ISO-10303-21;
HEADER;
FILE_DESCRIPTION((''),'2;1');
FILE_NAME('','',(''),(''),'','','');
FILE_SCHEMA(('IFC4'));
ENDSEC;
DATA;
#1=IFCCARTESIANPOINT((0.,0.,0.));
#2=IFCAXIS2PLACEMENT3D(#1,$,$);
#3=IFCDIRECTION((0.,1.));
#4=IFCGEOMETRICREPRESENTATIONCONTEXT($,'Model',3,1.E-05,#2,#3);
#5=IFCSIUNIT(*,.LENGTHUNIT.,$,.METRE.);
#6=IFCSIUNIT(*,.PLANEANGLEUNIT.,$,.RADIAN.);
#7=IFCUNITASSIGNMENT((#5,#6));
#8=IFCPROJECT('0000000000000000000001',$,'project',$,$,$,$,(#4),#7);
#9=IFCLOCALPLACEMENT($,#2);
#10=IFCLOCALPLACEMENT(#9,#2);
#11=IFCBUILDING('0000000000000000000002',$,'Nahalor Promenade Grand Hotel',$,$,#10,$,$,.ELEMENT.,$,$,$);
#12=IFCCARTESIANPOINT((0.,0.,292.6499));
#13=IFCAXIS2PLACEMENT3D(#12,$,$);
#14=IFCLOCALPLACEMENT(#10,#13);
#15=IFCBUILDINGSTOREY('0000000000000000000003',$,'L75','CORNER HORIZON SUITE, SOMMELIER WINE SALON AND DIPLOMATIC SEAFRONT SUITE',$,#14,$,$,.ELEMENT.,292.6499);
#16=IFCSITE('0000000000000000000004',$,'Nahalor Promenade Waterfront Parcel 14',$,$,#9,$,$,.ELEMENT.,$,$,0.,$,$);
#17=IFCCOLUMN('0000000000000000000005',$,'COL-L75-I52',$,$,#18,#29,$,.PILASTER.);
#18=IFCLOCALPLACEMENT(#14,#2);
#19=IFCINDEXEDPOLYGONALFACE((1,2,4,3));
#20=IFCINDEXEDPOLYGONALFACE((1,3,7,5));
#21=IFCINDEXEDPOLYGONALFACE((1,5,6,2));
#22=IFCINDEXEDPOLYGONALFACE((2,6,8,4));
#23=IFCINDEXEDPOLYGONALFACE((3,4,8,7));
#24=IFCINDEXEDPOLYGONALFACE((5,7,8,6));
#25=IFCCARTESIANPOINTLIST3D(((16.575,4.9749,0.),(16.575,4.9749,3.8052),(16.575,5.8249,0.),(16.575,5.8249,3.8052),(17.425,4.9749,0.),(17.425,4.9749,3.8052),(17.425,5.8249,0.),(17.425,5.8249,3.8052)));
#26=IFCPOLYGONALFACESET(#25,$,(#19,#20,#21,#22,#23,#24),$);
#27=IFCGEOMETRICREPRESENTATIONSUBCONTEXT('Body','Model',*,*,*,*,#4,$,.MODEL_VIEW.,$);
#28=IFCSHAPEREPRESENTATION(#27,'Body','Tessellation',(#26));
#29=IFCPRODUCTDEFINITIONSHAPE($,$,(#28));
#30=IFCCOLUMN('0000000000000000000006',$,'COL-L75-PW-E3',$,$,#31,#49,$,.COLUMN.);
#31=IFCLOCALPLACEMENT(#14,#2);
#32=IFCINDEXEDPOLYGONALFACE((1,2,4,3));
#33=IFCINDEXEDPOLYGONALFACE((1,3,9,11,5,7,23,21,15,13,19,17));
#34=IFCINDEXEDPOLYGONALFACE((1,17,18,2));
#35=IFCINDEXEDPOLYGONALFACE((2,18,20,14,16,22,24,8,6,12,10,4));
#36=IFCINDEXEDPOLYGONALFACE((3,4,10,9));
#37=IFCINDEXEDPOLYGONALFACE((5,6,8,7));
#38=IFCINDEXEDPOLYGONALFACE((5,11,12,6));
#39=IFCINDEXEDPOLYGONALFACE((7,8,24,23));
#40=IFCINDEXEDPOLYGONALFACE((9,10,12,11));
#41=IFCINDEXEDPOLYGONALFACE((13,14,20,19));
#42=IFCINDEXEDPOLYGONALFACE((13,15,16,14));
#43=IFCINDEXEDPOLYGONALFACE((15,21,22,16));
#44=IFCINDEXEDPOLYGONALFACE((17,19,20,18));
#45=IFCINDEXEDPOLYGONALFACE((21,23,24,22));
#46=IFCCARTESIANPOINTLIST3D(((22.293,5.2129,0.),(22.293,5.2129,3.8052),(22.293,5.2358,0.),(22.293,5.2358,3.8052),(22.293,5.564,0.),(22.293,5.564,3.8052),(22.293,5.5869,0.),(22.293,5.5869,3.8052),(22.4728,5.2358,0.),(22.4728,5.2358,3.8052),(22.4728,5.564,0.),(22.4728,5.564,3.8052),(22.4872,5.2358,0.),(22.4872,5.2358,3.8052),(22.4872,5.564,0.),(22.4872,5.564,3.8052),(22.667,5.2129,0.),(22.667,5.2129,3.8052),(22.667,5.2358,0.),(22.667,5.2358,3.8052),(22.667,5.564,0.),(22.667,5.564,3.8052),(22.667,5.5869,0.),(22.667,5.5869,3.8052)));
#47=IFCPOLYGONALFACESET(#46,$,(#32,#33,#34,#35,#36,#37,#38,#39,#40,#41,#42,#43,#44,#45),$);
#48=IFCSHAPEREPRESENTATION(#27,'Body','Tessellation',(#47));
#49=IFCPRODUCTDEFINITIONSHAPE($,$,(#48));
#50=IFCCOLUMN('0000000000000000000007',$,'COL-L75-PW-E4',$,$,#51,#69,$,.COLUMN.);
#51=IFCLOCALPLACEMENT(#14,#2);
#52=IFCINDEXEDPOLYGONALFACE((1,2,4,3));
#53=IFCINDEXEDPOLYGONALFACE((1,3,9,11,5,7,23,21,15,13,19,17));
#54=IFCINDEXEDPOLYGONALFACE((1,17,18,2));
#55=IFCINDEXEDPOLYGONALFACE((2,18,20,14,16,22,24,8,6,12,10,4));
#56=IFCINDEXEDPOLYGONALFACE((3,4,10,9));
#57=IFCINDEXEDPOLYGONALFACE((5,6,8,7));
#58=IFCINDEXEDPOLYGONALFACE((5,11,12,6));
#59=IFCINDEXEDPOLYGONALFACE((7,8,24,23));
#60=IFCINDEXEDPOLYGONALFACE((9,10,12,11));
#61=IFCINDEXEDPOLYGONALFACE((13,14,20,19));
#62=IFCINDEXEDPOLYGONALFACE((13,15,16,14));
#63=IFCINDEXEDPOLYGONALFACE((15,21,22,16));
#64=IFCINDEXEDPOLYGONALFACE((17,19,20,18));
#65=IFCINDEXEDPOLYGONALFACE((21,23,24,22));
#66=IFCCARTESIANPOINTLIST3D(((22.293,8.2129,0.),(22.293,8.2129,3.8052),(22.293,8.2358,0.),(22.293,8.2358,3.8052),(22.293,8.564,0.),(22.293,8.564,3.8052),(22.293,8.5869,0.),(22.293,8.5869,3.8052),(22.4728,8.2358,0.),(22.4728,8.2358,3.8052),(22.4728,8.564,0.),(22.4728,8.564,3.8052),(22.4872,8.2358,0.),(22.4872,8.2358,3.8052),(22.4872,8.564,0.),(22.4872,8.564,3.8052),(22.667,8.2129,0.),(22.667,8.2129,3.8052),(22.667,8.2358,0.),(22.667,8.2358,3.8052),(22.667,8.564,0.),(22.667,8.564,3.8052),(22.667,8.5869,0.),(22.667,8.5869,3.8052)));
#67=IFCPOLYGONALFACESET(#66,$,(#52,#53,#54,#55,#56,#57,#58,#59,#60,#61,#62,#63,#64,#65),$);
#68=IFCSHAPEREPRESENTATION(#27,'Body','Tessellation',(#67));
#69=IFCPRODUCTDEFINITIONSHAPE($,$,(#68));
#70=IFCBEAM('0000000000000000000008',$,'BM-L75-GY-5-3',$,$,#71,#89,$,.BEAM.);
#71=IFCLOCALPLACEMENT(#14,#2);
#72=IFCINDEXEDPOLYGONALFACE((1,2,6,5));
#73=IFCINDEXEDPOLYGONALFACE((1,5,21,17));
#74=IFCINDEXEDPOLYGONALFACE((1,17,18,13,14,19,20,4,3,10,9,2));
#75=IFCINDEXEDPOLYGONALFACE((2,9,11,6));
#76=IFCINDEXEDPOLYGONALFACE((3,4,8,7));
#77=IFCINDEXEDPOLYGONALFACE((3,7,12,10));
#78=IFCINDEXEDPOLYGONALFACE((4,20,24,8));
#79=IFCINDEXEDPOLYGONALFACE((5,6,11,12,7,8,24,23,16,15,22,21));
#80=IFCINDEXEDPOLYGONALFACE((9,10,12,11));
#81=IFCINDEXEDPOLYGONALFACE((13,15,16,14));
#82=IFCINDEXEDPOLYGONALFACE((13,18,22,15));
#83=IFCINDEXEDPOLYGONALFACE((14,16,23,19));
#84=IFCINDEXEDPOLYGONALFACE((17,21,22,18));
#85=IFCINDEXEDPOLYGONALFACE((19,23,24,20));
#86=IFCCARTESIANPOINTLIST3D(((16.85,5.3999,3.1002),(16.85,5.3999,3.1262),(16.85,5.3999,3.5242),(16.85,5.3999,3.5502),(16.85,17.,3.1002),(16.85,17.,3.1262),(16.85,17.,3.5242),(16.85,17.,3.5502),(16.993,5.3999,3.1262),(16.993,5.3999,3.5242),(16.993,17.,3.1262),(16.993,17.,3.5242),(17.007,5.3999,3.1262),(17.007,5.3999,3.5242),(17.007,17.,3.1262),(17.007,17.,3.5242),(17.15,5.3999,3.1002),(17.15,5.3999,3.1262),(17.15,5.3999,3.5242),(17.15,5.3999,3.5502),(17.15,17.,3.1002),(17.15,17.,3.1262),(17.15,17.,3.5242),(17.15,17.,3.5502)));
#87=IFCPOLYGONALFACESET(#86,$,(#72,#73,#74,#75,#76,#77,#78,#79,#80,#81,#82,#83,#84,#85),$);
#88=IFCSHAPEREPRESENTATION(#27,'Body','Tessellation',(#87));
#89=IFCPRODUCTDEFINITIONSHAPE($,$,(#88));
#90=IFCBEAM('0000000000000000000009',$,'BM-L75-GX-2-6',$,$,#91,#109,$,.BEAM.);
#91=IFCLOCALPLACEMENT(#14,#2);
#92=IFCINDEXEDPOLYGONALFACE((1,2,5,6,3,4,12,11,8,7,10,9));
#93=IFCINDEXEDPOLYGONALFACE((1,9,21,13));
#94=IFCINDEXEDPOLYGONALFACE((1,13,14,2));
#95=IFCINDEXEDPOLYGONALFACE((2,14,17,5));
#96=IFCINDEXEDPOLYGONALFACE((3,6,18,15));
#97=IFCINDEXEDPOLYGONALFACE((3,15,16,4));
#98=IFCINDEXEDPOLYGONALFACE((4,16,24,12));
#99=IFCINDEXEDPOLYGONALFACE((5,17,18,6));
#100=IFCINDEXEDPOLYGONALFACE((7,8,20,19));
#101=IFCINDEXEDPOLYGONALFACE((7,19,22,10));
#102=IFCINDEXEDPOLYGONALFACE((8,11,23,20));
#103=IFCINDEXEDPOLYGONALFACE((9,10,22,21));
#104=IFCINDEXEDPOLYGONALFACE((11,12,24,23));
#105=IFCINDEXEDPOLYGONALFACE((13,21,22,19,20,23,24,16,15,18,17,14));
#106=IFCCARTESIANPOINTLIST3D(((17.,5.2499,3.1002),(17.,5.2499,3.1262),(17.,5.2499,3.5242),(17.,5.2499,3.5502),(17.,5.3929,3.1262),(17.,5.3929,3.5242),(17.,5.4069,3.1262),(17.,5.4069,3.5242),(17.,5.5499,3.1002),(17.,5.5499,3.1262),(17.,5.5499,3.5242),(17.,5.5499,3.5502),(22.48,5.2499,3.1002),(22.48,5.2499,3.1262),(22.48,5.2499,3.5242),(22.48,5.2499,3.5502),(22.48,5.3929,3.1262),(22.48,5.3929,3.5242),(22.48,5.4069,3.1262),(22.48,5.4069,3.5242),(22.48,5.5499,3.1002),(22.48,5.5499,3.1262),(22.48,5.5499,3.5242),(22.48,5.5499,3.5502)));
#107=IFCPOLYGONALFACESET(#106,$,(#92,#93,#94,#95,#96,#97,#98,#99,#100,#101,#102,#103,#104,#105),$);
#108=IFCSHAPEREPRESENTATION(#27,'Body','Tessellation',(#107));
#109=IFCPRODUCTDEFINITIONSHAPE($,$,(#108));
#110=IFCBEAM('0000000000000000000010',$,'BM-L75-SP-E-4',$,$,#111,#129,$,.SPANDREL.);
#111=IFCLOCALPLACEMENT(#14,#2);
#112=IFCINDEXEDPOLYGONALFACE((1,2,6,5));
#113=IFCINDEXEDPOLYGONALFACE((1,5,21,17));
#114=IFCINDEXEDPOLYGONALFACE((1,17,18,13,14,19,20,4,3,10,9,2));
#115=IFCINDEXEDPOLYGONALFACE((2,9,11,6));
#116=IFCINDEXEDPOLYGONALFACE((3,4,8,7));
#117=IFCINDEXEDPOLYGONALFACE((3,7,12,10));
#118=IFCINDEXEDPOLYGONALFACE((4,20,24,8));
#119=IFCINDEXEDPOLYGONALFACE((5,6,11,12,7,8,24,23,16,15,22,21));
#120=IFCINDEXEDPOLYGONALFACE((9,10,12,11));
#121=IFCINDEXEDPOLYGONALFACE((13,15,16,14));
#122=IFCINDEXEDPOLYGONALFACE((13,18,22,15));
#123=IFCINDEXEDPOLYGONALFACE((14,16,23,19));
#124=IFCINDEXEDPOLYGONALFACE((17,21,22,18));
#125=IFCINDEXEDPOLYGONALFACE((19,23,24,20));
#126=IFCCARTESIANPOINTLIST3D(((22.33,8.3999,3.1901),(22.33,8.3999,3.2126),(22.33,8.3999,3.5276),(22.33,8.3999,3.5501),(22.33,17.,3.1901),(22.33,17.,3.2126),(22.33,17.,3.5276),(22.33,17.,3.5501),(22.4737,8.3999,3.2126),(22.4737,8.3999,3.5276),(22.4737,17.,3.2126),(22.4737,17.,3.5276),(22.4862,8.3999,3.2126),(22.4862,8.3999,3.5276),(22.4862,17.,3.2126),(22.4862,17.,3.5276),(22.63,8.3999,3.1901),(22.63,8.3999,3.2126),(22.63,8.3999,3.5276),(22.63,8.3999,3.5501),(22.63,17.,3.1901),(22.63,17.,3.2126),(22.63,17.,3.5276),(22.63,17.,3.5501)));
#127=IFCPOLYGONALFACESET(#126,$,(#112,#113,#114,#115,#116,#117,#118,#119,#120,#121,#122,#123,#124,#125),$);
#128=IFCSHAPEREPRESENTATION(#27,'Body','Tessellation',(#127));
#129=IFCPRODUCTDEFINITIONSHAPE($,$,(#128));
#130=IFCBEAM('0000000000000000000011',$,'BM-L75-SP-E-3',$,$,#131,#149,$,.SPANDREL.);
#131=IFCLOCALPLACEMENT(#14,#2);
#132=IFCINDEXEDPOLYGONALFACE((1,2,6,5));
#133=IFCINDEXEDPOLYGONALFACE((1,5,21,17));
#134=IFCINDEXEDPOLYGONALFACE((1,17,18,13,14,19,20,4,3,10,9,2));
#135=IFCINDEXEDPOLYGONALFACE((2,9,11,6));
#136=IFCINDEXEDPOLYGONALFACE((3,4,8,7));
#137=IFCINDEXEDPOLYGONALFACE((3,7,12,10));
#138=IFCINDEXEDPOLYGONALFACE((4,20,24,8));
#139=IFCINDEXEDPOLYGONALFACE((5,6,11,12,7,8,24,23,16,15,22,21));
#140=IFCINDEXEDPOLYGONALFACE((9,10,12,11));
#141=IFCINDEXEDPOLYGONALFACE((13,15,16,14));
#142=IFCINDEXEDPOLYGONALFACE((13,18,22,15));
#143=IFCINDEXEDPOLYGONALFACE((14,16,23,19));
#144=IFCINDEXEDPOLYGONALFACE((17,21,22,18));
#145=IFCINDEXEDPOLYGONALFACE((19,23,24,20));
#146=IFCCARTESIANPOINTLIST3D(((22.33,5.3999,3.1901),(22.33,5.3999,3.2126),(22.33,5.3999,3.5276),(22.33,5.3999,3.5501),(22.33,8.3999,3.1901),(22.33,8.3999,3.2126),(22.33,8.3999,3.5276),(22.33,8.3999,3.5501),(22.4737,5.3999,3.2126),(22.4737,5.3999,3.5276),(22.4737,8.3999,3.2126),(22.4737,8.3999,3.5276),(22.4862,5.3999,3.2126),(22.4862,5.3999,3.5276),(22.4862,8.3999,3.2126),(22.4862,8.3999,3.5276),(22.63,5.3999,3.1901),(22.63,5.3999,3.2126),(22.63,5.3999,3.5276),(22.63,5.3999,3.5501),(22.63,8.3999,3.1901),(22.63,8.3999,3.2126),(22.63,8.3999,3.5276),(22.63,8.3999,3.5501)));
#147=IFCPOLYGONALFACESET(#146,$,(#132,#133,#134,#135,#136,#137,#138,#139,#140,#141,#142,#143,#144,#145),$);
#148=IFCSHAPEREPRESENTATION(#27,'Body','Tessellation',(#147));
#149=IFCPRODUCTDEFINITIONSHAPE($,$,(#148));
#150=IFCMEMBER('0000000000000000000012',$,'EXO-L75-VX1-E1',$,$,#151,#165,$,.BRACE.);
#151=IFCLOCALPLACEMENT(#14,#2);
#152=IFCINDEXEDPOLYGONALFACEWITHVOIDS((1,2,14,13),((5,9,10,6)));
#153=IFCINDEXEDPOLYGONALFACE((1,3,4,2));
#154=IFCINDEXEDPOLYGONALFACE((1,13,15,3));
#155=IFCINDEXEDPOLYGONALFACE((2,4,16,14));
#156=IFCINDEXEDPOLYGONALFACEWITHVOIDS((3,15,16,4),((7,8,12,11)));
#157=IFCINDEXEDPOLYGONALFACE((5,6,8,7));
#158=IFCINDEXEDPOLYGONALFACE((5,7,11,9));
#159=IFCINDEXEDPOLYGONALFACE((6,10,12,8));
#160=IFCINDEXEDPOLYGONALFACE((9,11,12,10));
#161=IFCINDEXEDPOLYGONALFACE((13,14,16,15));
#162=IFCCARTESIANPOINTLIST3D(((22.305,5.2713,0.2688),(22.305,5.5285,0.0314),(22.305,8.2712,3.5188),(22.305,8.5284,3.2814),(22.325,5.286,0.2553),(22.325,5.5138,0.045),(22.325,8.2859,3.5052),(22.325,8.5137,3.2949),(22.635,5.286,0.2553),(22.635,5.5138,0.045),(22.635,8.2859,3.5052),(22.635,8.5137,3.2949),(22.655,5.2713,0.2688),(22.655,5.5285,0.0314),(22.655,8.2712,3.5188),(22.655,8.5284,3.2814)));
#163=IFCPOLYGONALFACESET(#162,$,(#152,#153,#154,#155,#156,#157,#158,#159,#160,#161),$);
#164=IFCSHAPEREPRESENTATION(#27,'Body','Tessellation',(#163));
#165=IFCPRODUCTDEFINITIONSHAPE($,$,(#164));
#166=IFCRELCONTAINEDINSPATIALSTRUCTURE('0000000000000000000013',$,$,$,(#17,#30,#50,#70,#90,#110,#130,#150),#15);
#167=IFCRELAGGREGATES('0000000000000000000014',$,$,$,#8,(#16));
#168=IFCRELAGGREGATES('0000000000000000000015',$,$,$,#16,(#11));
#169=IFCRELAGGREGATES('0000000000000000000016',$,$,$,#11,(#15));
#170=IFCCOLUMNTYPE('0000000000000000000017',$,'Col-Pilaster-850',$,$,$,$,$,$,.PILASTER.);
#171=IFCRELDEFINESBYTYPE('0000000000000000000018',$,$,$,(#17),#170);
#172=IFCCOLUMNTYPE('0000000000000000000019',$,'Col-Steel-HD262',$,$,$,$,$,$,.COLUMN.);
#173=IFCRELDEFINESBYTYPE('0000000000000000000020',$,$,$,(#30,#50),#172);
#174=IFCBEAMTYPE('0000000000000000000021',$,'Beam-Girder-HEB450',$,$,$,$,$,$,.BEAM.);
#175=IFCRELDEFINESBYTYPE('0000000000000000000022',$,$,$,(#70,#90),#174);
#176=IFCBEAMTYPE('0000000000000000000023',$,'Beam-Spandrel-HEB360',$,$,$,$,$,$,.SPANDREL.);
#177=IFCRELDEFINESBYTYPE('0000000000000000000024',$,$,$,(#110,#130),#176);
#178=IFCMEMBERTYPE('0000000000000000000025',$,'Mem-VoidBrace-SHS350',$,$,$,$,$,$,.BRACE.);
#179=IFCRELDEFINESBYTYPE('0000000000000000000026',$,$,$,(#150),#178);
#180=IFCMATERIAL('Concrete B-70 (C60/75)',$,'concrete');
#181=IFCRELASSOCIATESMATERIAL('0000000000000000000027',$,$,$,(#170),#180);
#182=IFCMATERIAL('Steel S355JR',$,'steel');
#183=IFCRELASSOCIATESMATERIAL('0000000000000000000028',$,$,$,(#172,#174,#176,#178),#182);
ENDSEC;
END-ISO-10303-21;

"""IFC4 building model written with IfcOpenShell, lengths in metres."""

from ifc_helpers import new_model, si_unit, direction, frame, origin, origin_2d, place, context, subcontext, project, spatial, rectangle, hollow_rectangle, i_section, extrude, source, transform, mapped, material, material_profile, profile_set, type_object, element, save


model = new_model("IFC4")

# Units and contexts
model_context = context("Model", 3, precision=1e-05, world=origin(), true_north=direction((0.0, 1.0)))
body_context = subcontext(model_context, "Body", "Model", "MODEL_VIEW")
ifc_project = project(units=[si_unit("LENGTHUNIT", "METRE"), si_unit("PLANEANGLEUNIT", "RADIAN")], contexts=[model_context])

# Site, building, storey
site_placement = place(None, origin())
site = spatial("IfcSite", under=ifc_project, at=site_placement, Name="Nahalor Promenade Waterfront Parcel 14", CompositionType="ELEMENT", RefElevation=0.0)
building_placement = place(site_placement, origin())
building = spatial("IfcBuilding", under=site, at=building_placement, Name="Nahalor Promenade Grand Hotel", CompositionType="ELEMENT")
storey_placement = place(building_placement, frame((0.0, 0.0, 292.6499)))
storey = spatial("IfcBuildingStorey", under=building, at=storey_placement, Name="L75", Description="CORNER HORIZON SUITE, SOMMELIER WINE SALON AND DIPLOMATIC SEAFRONT SUITE", CompositionType="ELEMENT", Elevation=292.6499)

# Columns
ifc_material_1 = material(Name="Concrete B-70 (C60/75)", Category="concrete")
ifc_material_profile_1 = material_profile(ifc_material_1, rectangle(XDim=0.85, YDim=0.85, at=origin_2d()), Name="RC 850x850")
ifc_profile_set_1 = profile_set([ifc_material_profile_1], Name="Concrete B-70 (C60/75)")
column_type_1 = type_object("IfcColumnType", Name="Col-Pilaster-850", PredefinedType="PILASTER", material=ifc_profile_set_1)
shared_shape_1 = source(origin(), body_context, "Body", "SweptSolid", [
    extrude(rectangle(XDim=0.85, YDim=0.85, at=origin_2d()), origin(), (0.0, 0.0, 1.0), 3.8052),
])
column_placement = place(storey_placement, frame((17.0, 5.3999, 0.0), z_axis=(0.0, 0.0, 1.0), x_axis=(1.0, 0.0, 0.0)))
element("IfcColumn", 1, at=column_placement, inside=storey, type_object=column_type_1, Name="COL-L75-I52", PredefinedType="PILASTER", context=body_context, shape_type="MappedRepresentation", body=[
    mapped(shared_shape_1, transform((0.0, 0.0, 0.0), scale=1.0)),
])
ifc_material_2 = material(Name="Steel S355JR", Category="steel")
ifc_material_profile_2 = material_profile(ifc_material_2, i_section(OverallWidth=0.374, OverallDepth=0.374, WebThickness=0.0144, FlangeThickness=0.0229, at=origin_2d()), Name="HD 360x262")
ifc_profile_set_2 = profile_set([ifc_material_profile_2], Name="Steel S355JR")
column_type_2 = type_object("IfcColumnType", Name="Col-Steel-HD262", PredefinedType="COLUMN", material=ifc_profile_set_2)
shared_shape_2 = source(origin(), body_context, "Body", "SweptSolid", [
    extrude(i_section(OverallWidth=0.374, OverallDepth=0.374, WebThickness=0.0144, FlangeThickness=0.0229, at=origin_2d()), origin(), (0.0, 0.0, 1.0), 3.8052),
])
for number, where, z_axis, x_axis, name in (
    (2, (22.48, 5.3999, 0.0), (0.0, 0.0, 1.0), (1.0, 0.0, 0.0), "COL-L75-PW-E3"),
    (3, (22.48, 8.3999, 0.0), (0.0, 0.0, 1.0), (1.0, 0.0, 0.0), "COL-L75-PW-E4"),
):
    element("IfcColumn", number, at=place(storey_placement, frame(where, z_axis=z_axis, x_axis=x_axis)), inside=storey, type_object=column_type_2, Name=name, PredefinedType="COLUMN", context=body_context, shape_type="MappedRepresentation", body=[
        mapped(shared_shape_2, transform((0.0, 0.0, 0.0), scale=1.0)),
    ])

# Beams
ifc_material_profile_3 = material_profile(ifc_material_2, i_section(OverallWidth=0.3, OverallDepth=0.45, WebThickness=0.014, FlangeThickness=0.026, at=origin_2d()), Name="HEB 450")
ifc_profile_set_3 = profile_set([ifc_material_profile_3], Name="Steel S355JR")
beam_type_1 = type_object("IfcBeamType", Name="Beam-Girder-HEB450", PredefinedType="BEAM", material=ifc_profile_set_3)
shared_shape_3 = source(origin(), body_context, "Body", "SweptSolid", [
    extrude(i_section(OverallWidth=0.3, OverallDepth=0.45, WebThickness=0.014, FlangeThickness=0.026, at=origin_2d()), origin(), (0.0, 0.0, 1.0), 11.6001),
])
beam_1_placement = place(storey_placement, frame((17.0, 5.3999, 3.3252), z_axis=(0.0, 1.0, 0.0), x_axis=(-1.0, 0.0, 0.0)))
element("IfcBeam", 4, at=beam_1_placement, inside=storey, type_object=beam_type_1, Name="BM-L75-GY-5-3", PredefinedType="BEAM", context=body_context, shape_type="MappedRepresentation", body=[
    mapped(shared_shape_3, transform((0.0, 0.0, 0.0), scale=1.0)),
])
shared_shape_4 = source(origin(), body_context, "Body", "SweptSolid", [
    extrude(i_section(OverallWidth=0.3, OverallDepth=0.45, WebThickness=0.014, FlangeThickness=0.026, at=origin_2d()), origin(), (0.0, 0.0, 1.0), 5.48),
])
beam_2_placement = place(storey_placement, frame((17.0, 5.3999, 3.3252), z_axis=(1.0, 0.0, 0.0), x_axis=(0.0, 1.0, 0.0)))
element("IfcBeam", 5, at=beam_2_placement, inside=storey, type_object=beam_type_1, Name="BM-L75-GX-2-6", PredefinedType="BEAM", context=body_context, shape_type="MappedRepresentation", body=[
    mapped(shared_shape_4, transform((0.0, 0.0, 0.0), scale=1.0)),
])
ifc_material_profile_4 = material_profile(ifc_material_2, i_section(OverallWidth=0.3, OverallDepth=0.36, WebThickness=0.0125, FlangeThickness=0.0225, at=origin_2d()), Name="HEB 360")
ifc_profile_set_4 = profile_set([ifc_material_profile_4], Name="Steel S355JR")
beam_type_2 = type_object("IfcBeamType", Name="Beam-Spandrel-HEB360", PredefinedType="SPANDREL", material=ifc_profile_set_4)
shared_shape_5 = source(origin(), body_context, "Body", "SweptSolid", [
    extrude(i_section(OverallWidth=0.3, OverallDepth=0.36, WebThickness=0.0125, FlangeThickness=0.0225, at=origin_2d()), origin(), (0.0, 0.0, 1.0), 8.6001),
])
beam_3_placement = place(storey_placement, frame((22.48, 8.3999, 3.3701), z_axis=(0.0, 1.0, 0.0), x_axis=(-1.0, 0.0, 0.0)))
element("IfcBeam", 6, at=beam_3_placement, inside=storey, type_object=beam_type_2, Name="BM-L75-SP-E-4", PredefinedType="SPANDREL", context=body_context, shape_type="MappedRepresentation", body=[
    mapped(shared_shape_5, transform((0.0, 0.0, 0.0), scale=1.0)),
])
shared_shape_6 = source(origin(), body_context, "Body", "SweptSolid", [
    extrude(i_section(OverallWidth=0.3, OverallDepth=0.36, WebThickness=0.0125, FlangeThickness=0.0225, at=origin_2d()), origin(), (0.0, 0.0, 1.0), 3.0),
])
beam_4_placement = place(storey_placement, frame((22.48, 5.3999, 3.3701), z_axis=(0.0, 1.0, 0.0), x_axis=(-1.0, 0.0, 0.0)))
element("IfcBeam", 7, at=beam_4_placement, inside=storey, type_object=beam_type_2, Name="BM-L75-SP-E-3", PredefinedType="SPANDREL", context=body_context, shape_type="MappedRepresentation", body=[
    mapped(shared_shape_6, transform((0.0, 0.0, 0.0), scale=1.0)),
])

# Member
ifc_material_profile_5 = material_profile(ifc_material_2, hollow_rectangle(XDim=0.35, YDim=0.35, WallThickness=0.02, at=origin_2d()), Name="SHS 350x350x20")
ifc_profile_set_5 = profile_set([ifc_material_profile_5], Name="Steel S355JR")
member_type_1 = type_object("IfcMemberType", Name="Mem-VoidBrace-SHS350", PredefinedType="BRACE", material=ifc_profile_set_5)
shared_shape_7 = source(origin(), body_context, "Body", "SweptSolid", [
    extrude(hollow_rectangle(XDim=0.35, YDim=0.35, WallThickness=0.02, at=origin_2d()), origin(), (0.0, 0.0, 1.0), 4.4229),
])
member_1_placement = place(storey_placement, frame((22.48, 5.3999, 0.1501), z_axis=(0.0, 0.67828, 0.734803), x_axis=(-1.0, 0.0, 0.0)))
element("IfcMember", 8, at=member_1_placement, inside=storey, type_object=member_type_1, Name="EXO-L75-VX1-E1", PredefinedType="BRACE", context=body_context, shape_type="MappedRepresentation", body=[
    mapped(shared_shape_7, transform((0.0, 0.0, 0.0), scale=1.0)),
])

save(model, "model.ifc")
